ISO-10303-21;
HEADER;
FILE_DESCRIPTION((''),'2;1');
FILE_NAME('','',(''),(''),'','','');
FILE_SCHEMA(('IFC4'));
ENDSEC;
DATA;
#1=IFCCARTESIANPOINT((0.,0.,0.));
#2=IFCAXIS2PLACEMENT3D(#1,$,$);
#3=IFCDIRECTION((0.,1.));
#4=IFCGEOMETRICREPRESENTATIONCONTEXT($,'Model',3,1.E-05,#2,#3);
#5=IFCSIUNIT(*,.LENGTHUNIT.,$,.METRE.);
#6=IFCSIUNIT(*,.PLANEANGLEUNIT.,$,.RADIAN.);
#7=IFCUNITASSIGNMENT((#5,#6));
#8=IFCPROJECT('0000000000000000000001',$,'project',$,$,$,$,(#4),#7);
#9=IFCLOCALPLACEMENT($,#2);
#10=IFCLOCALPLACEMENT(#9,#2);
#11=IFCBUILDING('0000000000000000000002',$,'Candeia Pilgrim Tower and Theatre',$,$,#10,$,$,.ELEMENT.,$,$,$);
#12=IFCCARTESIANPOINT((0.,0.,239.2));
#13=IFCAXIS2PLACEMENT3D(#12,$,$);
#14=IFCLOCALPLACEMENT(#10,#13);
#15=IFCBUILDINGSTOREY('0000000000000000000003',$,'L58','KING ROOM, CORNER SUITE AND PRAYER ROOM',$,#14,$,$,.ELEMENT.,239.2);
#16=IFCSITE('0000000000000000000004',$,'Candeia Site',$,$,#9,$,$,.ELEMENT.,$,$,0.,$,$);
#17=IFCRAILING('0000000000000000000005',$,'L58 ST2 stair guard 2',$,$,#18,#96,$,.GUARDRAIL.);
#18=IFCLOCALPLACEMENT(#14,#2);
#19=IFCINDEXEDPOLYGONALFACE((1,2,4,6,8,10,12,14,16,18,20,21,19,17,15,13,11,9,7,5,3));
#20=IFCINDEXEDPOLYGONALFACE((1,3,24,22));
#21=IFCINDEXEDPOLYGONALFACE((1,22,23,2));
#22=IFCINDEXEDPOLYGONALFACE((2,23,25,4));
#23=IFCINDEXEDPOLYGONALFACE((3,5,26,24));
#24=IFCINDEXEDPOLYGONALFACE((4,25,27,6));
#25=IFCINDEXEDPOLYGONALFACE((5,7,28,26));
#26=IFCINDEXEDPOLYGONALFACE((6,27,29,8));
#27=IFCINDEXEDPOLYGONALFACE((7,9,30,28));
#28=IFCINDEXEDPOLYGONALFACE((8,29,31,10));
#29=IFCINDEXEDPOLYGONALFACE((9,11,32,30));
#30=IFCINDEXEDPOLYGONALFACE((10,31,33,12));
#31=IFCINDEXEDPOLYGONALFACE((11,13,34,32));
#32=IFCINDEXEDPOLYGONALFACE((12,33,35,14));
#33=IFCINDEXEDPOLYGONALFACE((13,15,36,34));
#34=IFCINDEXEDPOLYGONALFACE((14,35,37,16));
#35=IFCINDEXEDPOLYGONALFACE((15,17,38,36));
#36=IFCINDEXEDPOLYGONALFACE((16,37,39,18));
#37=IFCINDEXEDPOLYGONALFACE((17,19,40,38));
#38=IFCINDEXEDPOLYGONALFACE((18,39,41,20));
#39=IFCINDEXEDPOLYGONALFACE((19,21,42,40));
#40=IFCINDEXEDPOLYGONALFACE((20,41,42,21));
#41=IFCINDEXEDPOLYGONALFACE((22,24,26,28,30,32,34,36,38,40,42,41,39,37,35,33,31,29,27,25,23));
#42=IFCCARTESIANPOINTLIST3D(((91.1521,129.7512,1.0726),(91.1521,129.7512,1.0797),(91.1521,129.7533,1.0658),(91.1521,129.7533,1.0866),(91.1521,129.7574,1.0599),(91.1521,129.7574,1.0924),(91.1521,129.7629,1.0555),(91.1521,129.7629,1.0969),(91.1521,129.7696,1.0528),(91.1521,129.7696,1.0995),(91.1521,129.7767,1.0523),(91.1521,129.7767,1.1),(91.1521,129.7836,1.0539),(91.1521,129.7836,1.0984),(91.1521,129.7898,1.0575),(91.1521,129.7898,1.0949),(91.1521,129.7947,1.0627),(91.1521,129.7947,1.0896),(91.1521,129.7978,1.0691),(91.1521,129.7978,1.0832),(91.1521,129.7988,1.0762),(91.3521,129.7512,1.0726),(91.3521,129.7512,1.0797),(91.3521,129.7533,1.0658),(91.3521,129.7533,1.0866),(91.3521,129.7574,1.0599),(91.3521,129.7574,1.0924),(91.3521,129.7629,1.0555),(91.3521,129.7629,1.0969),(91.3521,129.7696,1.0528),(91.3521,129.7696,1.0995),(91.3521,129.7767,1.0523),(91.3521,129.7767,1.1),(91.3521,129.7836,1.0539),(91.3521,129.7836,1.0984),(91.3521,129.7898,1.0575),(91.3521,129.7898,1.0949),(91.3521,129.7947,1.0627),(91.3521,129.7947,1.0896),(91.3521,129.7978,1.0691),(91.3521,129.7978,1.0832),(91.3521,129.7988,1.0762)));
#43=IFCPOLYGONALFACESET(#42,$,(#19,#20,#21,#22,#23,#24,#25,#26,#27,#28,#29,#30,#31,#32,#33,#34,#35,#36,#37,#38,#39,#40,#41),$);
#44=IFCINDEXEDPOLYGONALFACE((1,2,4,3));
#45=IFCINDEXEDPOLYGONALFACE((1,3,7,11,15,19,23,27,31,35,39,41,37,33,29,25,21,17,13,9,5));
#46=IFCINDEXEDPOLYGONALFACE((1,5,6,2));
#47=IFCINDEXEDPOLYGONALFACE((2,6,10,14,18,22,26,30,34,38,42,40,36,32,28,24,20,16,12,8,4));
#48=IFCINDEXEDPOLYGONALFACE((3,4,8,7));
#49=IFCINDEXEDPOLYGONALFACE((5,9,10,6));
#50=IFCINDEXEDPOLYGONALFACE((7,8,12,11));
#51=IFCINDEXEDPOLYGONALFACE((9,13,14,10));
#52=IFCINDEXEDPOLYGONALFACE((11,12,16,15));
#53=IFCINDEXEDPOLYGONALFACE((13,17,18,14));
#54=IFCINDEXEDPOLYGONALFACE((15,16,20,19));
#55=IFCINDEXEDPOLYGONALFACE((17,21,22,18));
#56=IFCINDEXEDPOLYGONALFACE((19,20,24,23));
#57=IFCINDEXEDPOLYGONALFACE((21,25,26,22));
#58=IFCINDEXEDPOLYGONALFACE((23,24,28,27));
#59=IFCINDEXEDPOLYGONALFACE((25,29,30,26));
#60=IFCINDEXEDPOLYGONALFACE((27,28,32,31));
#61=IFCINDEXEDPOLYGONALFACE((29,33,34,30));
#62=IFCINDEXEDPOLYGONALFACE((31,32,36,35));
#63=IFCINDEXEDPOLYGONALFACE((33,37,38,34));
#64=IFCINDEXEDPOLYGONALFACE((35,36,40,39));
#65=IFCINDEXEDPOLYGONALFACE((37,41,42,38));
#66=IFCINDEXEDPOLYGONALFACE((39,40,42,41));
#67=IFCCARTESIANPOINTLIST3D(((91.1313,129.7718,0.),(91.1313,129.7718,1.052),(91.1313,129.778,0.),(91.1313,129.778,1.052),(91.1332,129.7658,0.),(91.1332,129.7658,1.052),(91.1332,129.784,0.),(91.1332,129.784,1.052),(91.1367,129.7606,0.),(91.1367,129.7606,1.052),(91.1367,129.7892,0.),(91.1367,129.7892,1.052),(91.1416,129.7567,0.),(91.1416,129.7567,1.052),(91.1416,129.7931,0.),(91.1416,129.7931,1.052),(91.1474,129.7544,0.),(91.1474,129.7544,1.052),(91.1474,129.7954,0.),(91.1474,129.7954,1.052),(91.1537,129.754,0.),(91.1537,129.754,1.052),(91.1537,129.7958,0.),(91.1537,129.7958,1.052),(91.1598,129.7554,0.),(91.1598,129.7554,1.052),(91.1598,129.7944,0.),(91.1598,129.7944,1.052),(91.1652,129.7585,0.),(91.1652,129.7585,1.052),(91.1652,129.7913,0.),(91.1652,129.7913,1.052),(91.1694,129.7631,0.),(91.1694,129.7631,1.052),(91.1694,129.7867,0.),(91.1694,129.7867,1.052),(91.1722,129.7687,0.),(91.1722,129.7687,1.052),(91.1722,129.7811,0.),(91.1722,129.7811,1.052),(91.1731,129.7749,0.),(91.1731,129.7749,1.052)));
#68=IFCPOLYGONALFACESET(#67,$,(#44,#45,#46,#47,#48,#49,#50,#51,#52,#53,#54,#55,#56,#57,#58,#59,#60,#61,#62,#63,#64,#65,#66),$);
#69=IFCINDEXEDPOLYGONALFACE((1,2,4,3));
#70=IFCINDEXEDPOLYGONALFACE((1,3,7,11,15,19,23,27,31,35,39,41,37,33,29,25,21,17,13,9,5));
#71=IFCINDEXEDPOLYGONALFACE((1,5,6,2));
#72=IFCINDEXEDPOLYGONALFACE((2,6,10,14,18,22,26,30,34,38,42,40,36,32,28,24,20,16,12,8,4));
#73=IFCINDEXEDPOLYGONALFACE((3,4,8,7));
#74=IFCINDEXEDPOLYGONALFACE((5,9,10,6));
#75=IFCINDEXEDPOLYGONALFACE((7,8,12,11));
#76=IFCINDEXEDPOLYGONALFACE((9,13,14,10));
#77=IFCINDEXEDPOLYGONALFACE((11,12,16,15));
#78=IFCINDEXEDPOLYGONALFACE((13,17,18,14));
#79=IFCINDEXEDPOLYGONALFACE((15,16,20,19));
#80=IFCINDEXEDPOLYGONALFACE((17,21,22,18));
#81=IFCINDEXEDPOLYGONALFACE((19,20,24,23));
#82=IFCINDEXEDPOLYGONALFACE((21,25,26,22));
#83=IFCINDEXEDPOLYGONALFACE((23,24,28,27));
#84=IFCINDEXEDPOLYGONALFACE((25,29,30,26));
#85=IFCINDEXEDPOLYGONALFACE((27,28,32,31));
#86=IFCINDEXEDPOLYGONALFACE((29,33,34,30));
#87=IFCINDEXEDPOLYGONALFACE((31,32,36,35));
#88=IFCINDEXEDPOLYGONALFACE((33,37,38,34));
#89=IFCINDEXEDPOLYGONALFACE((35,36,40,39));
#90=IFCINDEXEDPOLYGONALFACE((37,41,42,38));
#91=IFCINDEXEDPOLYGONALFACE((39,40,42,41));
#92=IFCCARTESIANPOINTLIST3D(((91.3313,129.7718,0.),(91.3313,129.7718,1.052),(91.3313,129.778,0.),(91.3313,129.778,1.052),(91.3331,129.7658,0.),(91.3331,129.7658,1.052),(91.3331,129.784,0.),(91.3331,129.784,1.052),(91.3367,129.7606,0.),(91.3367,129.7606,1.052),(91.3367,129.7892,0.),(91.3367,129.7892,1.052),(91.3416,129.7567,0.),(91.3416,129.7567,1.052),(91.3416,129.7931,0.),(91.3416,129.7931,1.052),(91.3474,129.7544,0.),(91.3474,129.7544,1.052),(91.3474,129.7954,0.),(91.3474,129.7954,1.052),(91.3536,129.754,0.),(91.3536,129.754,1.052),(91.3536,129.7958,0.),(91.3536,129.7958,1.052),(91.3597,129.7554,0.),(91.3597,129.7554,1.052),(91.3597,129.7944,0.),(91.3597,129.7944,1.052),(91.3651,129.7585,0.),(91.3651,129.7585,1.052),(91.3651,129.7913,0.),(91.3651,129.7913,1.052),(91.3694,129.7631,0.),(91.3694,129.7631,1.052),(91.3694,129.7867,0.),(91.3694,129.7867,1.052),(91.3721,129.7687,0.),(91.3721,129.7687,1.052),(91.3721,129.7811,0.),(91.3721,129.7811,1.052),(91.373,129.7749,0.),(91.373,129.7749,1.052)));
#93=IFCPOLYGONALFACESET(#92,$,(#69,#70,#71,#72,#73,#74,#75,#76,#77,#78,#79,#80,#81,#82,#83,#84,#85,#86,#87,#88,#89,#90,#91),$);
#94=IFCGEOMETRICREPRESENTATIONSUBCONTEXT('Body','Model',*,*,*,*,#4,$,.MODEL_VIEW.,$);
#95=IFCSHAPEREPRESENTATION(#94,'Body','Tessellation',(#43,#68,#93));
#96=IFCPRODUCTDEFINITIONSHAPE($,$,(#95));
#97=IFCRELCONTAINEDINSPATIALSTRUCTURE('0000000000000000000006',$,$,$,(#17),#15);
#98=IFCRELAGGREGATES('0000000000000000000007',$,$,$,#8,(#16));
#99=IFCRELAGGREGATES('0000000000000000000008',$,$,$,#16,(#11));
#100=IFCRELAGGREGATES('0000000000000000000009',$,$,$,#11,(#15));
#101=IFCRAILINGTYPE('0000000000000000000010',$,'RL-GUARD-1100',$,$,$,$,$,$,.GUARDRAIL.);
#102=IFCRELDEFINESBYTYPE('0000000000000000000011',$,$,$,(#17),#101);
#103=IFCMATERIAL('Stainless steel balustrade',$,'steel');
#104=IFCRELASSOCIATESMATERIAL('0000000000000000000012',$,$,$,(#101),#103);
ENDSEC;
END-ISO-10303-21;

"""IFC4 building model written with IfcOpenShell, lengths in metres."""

from ifc_helpers import new_model, si_unit, direction, frame, origin, origin_2d, place, context, subcontext, project, spatial, circle, extrude, material, type_object, element, save


model = new_model("IFC4")

# Units and contexts
model_context = context("Model", 3, precision=1e-05, world=origin(), true_north=direction((0.0, 1.0)))
body_context = subcontext(model_context, "Body", "Model", "MODEL_VIEW")
ifc_project = project(units=[si_unit("LENGTHUNIT", "METRE"), si_unit("PLANEANGLEUNIT", "RADIAN")], contexts=[model_context])

# Site, building, storey
site_placement = place(None, origin())
site = spatial("IfcSite", under=ifc_project, at=site_placement, Name="Candeia Site", CompositionType="ELEMENT", RefElevation=0.0)
building_placement = place(site_placement, origin())
building = spatial("IfcBuilding", under=site, at=building_placement, Name="Candeia Pilgrim Tower and Theatre", CompositionType="ELEMENT")
storey_placement = place(building_placement, frame((0.0, 0.0, 239.2)))
storey = spatial("IfcBuildingStorey", under=building, at=storey_placement, Name="L58", Description="KING ROOM, CORNER SUITE AND PRAYER ROOM", CompositionType="ELEMENT", Elevation=239.2)

# Shared definitions
ifc_material_1 = material(Name="Stainless steel balustrade", Category="steel")

# Railing
railing_type_1 = type_object("IfcRailingType", Name="RL-GUARD-1100", PredefinedType="GUARDRAIL", material=ifc_material_1)
railing_1_placement = place(storey_placement, frame((91.1521, 129.7749, 0.0)))
element("IfcRailing", 1, at=railing_1_placement, inside=storey, type_object=railing_type_1, Name="L58 ST2 stair guard 2", PredefinedType="GUARDRAIL", context=body_context, shape_type="SweptSolid", body=[
    extrude(circle(Radius=0.0239, at=origin_2d()), frame((0.0, 0.0, 1.0762), z_axis=(1.0, 0.0, 0.0), x_axis=(0.0, 1.0, 0.0)), (0.0, 0.0, 1.0), 0.2),
    extrude(circle(Radius=0.021, at=origin_2d()), origin(), (0.0, 0.0, 1.0), 1.052),
    extrude(circle(Radius=0.021, at=origin_2d()), frame((0.2, 0.0, 0.0)), (0.0, 0.0, 1.0), 1.052),
])

save(model, "model.ifc")
